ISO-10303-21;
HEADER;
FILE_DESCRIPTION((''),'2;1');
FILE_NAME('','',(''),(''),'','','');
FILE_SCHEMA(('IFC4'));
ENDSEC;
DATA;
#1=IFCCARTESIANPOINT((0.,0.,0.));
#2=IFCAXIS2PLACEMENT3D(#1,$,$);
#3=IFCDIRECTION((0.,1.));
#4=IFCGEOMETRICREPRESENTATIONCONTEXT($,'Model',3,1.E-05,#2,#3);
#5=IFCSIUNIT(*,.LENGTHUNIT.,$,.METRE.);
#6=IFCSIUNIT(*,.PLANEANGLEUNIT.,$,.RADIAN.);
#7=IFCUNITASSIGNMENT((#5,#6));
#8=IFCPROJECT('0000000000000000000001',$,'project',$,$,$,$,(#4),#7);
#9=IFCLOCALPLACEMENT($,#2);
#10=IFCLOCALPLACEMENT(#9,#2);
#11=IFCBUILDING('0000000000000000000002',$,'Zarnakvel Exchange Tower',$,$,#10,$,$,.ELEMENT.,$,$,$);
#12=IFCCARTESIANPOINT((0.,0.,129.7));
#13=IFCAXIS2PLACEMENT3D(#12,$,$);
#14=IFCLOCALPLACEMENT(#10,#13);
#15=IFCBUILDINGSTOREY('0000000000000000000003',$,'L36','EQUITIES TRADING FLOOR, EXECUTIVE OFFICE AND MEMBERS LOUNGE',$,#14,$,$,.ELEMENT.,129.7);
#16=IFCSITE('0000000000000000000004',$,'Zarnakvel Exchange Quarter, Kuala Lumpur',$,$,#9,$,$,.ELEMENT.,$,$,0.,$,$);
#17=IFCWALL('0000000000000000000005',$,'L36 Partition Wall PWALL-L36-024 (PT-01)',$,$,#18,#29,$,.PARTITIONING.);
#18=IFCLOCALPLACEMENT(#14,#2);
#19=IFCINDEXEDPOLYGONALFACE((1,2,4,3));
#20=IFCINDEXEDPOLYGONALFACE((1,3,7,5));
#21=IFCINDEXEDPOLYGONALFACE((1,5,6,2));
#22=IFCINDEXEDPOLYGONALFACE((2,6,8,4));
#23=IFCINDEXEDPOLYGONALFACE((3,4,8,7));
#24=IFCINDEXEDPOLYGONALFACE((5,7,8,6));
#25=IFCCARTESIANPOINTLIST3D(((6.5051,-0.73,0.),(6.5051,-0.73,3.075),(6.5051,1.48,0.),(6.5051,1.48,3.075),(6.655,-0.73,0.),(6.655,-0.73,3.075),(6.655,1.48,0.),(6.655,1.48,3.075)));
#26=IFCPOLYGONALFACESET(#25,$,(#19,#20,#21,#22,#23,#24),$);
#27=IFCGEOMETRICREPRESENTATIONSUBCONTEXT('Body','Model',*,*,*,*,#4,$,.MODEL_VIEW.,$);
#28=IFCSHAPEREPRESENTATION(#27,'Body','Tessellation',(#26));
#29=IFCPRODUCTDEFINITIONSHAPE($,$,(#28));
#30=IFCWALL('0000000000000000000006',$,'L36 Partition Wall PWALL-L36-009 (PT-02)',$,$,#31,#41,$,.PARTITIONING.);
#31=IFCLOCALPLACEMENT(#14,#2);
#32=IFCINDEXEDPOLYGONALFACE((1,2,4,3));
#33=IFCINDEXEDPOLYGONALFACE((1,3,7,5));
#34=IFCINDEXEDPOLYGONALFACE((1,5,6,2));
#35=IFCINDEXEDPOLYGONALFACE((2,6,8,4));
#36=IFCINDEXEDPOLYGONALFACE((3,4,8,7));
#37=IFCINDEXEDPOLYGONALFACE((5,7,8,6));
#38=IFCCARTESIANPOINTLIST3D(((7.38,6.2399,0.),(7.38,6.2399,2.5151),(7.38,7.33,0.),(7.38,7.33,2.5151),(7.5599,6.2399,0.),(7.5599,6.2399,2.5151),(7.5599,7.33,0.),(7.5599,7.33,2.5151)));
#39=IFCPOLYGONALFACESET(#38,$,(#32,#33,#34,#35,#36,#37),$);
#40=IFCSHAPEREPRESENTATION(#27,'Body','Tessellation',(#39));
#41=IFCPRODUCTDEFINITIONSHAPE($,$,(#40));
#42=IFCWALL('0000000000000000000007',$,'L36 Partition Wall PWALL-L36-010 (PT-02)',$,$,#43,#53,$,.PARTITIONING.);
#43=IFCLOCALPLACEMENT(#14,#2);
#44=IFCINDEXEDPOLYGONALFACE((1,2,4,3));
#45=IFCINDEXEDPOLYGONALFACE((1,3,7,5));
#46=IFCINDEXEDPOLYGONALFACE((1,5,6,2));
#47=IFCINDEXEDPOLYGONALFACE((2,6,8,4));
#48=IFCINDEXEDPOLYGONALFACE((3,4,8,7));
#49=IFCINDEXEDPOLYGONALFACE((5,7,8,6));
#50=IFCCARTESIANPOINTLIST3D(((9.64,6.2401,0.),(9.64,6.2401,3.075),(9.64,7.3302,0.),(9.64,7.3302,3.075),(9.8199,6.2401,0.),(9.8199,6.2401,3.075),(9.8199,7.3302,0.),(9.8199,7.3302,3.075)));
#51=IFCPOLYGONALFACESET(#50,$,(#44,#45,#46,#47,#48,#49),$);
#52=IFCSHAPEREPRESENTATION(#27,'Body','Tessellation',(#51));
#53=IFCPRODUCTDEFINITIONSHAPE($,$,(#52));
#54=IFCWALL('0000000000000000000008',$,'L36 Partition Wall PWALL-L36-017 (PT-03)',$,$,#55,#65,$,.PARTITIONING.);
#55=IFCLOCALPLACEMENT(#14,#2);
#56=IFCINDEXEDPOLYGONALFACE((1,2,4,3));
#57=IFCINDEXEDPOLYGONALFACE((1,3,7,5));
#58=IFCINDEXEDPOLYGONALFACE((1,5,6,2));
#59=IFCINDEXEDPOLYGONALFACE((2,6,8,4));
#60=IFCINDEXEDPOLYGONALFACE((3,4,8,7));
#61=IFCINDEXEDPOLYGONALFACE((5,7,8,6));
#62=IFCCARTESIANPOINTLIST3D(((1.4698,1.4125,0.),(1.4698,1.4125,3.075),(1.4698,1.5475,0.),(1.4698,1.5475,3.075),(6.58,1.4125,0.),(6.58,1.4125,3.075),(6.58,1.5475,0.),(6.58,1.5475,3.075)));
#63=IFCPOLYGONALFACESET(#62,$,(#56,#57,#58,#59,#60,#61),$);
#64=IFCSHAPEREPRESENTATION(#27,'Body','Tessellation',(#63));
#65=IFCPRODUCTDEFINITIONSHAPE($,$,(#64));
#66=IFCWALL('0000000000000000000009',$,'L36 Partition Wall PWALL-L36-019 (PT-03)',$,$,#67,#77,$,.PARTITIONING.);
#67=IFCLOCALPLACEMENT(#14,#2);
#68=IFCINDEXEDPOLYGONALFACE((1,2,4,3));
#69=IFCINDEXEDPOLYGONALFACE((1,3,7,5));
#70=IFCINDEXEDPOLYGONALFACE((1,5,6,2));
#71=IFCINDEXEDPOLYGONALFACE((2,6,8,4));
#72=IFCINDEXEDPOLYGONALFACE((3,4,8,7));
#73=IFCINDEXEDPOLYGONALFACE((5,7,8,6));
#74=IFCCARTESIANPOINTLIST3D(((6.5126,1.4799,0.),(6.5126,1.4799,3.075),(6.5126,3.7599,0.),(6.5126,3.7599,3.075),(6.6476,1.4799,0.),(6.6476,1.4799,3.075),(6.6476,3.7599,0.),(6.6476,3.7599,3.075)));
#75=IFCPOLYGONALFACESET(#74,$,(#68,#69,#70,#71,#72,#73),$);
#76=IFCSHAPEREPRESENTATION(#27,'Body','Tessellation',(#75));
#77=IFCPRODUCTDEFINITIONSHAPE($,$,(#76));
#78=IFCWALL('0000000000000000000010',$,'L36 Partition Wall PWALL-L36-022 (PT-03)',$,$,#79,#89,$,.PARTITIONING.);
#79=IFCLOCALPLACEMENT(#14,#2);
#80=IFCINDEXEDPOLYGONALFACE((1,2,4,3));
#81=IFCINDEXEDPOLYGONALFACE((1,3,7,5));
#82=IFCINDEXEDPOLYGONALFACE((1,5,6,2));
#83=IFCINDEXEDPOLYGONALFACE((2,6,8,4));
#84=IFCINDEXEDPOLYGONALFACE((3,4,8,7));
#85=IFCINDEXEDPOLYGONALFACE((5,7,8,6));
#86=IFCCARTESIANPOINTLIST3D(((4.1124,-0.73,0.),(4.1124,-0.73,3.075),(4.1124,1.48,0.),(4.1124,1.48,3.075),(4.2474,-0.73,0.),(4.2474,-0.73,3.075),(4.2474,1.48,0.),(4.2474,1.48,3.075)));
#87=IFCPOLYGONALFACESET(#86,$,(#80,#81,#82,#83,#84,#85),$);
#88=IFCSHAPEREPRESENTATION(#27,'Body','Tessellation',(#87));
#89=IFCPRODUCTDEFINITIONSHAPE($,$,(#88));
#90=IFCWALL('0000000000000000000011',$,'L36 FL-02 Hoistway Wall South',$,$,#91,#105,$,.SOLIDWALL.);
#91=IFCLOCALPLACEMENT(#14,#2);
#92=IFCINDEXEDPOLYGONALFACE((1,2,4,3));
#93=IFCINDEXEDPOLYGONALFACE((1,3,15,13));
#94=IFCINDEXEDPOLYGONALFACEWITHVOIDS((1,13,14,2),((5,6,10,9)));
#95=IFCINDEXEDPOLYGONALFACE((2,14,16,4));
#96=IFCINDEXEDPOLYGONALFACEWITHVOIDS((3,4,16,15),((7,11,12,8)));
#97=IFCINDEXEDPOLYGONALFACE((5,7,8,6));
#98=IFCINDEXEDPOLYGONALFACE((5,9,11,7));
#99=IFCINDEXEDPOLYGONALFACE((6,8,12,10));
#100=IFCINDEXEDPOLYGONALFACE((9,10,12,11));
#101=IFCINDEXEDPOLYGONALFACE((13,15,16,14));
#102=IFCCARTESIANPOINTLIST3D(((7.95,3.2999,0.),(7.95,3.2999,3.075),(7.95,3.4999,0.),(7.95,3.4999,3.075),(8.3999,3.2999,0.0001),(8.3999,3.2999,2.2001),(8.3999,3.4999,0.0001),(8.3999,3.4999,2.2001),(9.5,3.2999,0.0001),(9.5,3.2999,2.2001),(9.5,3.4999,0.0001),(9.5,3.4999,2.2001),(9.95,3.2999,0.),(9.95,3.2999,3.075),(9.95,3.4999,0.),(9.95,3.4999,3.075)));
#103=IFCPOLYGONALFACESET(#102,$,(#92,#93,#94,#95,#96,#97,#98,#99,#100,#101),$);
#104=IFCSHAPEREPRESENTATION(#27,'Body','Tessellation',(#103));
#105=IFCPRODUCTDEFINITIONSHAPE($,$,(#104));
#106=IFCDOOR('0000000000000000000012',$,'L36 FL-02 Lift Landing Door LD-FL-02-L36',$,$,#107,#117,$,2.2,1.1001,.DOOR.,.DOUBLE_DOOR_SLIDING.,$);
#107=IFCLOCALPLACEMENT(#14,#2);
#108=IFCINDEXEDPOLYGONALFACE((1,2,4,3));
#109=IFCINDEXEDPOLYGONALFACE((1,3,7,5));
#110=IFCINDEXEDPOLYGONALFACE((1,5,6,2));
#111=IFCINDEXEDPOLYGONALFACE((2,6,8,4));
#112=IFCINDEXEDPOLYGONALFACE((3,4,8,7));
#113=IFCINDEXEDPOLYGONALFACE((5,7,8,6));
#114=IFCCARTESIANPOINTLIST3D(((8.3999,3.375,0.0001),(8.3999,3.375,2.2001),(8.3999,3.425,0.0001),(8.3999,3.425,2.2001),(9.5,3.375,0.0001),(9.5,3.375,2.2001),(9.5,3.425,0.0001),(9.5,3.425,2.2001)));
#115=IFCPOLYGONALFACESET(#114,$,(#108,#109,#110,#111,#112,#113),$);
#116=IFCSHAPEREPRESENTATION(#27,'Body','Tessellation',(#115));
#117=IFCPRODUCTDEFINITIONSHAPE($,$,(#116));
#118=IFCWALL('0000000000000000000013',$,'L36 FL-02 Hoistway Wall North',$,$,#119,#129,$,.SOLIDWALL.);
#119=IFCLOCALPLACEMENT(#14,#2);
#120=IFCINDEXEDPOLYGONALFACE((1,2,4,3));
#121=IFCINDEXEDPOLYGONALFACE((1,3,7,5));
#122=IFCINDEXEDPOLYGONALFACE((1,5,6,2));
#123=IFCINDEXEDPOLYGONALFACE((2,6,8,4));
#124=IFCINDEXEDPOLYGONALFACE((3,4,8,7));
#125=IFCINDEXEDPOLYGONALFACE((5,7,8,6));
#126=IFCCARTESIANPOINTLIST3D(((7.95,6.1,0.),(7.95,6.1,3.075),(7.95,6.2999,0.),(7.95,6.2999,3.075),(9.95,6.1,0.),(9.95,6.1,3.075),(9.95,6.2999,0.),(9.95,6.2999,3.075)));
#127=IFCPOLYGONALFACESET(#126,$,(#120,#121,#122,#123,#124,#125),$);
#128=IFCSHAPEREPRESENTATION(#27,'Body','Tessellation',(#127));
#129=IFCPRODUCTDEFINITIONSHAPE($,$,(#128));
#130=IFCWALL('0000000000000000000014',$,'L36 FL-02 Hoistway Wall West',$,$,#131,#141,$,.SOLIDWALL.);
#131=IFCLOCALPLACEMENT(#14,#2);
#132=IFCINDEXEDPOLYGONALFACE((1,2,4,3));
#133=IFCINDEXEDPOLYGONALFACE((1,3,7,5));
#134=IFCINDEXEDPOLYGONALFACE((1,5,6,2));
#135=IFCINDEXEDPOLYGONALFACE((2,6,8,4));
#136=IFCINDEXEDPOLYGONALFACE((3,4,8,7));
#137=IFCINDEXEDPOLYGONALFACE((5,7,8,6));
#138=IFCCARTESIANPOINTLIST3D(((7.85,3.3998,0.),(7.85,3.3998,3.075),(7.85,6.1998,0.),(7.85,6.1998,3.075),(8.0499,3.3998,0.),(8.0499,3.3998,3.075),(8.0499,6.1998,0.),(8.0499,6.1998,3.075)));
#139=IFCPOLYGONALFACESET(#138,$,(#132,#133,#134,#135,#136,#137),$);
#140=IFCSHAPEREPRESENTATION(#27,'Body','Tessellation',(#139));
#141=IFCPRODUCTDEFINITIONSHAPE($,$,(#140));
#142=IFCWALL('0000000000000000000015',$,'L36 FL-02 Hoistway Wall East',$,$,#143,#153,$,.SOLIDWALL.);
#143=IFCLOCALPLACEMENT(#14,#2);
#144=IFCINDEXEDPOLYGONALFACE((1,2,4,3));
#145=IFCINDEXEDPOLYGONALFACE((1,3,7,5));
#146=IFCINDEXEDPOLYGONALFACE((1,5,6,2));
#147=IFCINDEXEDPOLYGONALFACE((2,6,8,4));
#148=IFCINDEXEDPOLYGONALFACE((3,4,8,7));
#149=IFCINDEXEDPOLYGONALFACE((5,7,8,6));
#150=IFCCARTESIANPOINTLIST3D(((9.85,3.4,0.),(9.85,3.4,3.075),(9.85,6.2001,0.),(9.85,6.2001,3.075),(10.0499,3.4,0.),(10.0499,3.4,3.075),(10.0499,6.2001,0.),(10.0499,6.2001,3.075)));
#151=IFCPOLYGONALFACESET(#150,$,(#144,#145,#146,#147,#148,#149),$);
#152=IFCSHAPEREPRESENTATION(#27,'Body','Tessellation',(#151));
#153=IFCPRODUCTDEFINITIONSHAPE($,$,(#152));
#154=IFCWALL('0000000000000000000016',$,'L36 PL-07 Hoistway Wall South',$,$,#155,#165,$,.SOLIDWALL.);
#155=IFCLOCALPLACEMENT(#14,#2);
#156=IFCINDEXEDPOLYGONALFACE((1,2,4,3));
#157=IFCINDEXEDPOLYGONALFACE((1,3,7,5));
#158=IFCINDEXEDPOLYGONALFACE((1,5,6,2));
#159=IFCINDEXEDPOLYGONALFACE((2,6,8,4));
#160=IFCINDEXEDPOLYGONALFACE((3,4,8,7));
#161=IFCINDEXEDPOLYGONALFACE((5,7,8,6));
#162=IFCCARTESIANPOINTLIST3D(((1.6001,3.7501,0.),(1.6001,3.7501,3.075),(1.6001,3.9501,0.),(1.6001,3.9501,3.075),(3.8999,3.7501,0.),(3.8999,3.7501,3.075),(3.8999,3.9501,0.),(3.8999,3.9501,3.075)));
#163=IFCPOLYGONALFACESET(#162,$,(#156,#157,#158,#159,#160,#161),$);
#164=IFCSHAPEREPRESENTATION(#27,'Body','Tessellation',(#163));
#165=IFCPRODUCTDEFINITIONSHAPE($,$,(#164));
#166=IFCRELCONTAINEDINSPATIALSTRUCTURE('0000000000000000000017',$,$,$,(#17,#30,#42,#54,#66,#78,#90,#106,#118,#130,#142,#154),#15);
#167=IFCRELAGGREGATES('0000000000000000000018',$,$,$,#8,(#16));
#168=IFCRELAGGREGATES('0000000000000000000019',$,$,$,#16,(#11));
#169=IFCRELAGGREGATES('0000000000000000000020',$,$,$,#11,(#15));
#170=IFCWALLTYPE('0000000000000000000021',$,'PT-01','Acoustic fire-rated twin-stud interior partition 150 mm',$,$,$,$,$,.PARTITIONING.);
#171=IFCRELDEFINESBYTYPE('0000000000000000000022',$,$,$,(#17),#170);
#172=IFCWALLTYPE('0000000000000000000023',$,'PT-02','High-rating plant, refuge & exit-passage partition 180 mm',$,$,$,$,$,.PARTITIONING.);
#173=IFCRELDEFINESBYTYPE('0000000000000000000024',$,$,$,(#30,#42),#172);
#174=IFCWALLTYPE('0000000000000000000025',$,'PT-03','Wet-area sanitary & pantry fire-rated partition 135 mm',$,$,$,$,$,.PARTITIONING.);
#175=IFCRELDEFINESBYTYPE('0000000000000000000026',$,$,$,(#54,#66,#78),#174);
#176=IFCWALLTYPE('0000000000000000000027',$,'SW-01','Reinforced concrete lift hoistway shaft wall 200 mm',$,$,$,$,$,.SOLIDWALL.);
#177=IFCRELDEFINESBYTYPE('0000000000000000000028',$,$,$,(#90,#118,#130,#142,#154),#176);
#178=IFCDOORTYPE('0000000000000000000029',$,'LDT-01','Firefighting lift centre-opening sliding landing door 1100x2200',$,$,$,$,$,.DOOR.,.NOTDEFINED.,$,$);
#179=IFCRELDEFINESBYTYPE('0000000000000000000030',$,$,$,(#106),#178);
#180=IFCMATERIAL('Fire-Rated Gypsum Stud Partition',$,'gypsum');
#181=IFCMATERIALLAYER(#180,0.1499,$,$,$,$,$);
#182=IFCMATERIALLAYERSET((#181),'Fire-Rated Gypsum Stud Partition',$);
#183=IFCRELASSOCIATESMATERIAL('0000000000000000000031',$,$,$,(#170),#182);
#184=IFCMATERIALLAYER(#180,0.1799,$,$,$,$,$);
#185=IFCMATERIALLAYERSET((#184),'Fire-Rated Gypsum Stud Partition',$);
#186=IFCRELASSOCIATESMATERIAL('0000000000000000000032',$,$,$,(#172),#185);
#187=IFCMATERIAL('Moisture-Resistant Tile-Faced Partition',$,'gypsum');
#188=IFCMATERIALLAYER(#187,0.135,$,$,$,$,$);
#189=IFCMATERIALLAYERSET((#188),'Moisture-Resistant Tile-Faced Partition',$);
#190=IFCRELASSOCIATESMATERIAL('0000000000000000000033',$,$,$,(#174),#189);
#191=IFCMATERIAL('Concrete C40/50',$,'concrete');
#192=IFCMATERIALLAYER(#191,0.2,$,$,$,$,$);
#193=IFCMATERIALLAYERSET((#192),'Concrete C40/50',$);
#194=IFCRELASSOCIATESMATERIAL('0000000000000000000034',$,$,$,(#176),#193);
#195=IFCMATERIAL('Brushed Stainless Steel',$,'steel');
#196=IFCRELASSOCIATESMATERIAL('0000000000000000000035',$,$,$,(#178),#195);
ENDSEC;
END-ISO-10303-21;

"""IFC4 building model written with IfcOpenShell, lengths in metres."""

from ifc_helpers import new_model, si_unit, direction, frame, frame_2d, origin, place, context, subcontext, project, spatial, rectangle, extrude, source, transform, mapped, material, layer, layer_set, type_object, element, fill, save


model = new_model("IFC4")

# Units and contexts
model_context = context("Model", 3, precision=1e-05, world=origin(), true_north=direction((0.0, 1.0)))
body_context = subcontext(model_context, "Body", "Model", "MODEL_VIEW")
ifc_project = project(units=[si_unit("LENGTHUNIT", "METRE"), si_unit("PLANEANGLEUNIT", "RADIAN")], contexts=[model_context])

# Site, building, storey
site_placement = place(None, origin())
site = spatial("IfcSite", under=ifc_project, at=site_placement, Name="Zarnakvel Exchange Quarter, Kuala Lumpur", CompositionType="ELEMENT", RefElevation=0.0)
building_placement = place(site_placement, origin())
building = spatial("IfcBuilding", under=site, at=building_placement, Name="Zarnakvel Exchange Tower", CompositionType="ELEMENT")
storey_placement = place(building_placement, frame((0.0, 0.0, 129.7)))
storey = spatial("IfcBuildingStorey", under=building, at=storey_placement, Name="L36", Description="EQUITIES TRADING FLOOR, EXECUTIVE OFFICE AND MEMBERS LOUNGE", CompositionType="ELEMENT", Elevation=129.7)

# Walls
ifc_material_1 = material(Name="Fire-Rated Gypsum Stud Partition", Category="gypsum")
ifc_layer_1 = layer(ifc_material_1, 0.1499)
ifc_layer_set_1 = layer_set([ifc_layer_1], Name="Fire-Rated Gypsum Stud Partition")
wall_type_1 = type_object("IfcWallType", Name="PT-01", Description="Acoustic fire-rated twin-stud interior partition 150 mm", PredefinedType="PARTITIONING", material=ifc_layer_set_1)
wall_1_placement = place(storey_placement, frame((6.5801, 1.48, 0.0), z_axis=(0.0, 0.0, 1.0), x_axis=(0.0, -1.0, 0.0)))
element("IfcWall", 1, at=wall_1_placement, inside=storey, type_object=wall_type_1, Name="L36 Partition Wall PWALL-L36-024 (PT-01)", PredefinedType="PARTITIONING", context=body_context, shape_type="SweptSolid", body=[
    extrude(rectangle(XDim=2.21, YDim=0.1499, at=frame_2d((1.105, 0.0))), origin(), (0.0, 0.0, 1.0), 3.075),
])
ifc_layer_2 = layer(ifc_material_1, 0.1799)
ifc_layer_set_2 = layer_set([ifc_layer_2], Name="Fire-Rated Gypsum Stud Partition")
wall_type_2 = type_object("IfcWallType", Name="PT-02", Description="High-rating plant, refuge & exit-passage partition 180 mm", PredefinedType="PARTITIONING", material=ifc_layer_set_2)
wall_2_placement = place(storey_placement, frame((7.47, 6.24, 0.0), z_axis=(0.0, 0.0, 1.0), x_axis=(0.0, 1.0, 0.0)))
element("IfcWall", 2, at=wall_2_placement, inside=storey, type_object=wall_type_2, Name="L36 Partition Wall PWALL-L36-009 (PT-02)", PredefinedType="PARTITIONING", context=body_context, shape_type="SweptSolid", body=[
    extrude(rectangle(XDim=1.0901, YDim=0.1799, at=frame_2d((0.5449, 0.0))), origin(), (0.0, 0.0, 1.0), 2.5151),
])
wall_3_placement = place(storey_placement, frame((9.73, 7.3301, 0.0), z_axis=(0.0, 0.0, 1.0), x_axis=(0.0, -1.0, 0.0)))
element("IfcWall", 3, at=wall_3_placement, inside=storey, type_object=wall_type_2, Name="L36 Partition Wall PWALL-L36-010 (PT-02)", PredefinedType="PARTITIONING", context=body_context, shape_type="SweptSolid", body=[
    extrude(rectangle(XDim=1.0901, YDim=0.1799, at=frame_2d((0.5449, 0.0))), origin(), (0.0, 0.0, 1.0), 3.075),
])
ifc_material_2 = material(Name="Moisture-Resistant Tile-Faced Partition", Category="gypsum")
ifc_layer_3 = layer(ifc_material_2, 0.135)
ifc_layer_set_3 = layer_set([ifc_layer_3], Name="Moisture-Resistant Tile-Faced Partition")
wall_type_3 = type_object("IfcWallType", Name="PT-03", Description="Wet-area sanitary & pantry fire-rated partition 135 mm", PredefinedType="PARTITIONING", material=ifc_layer_set_3)
wall_4_placement = place(storey_placement, frame((6.5801, 1.48, 0.0), z_axis=(0.0, 0.0, 1.0), x_axis=(-1.0, 0.0, 0.0)))
element("IfcWall", 4, at=wall_4_placement, inside=storey, type_object=wall_type_3, Name="L36 Partition Wall PWALL-L36-017 (PT-03)", PredefinedType="PARTITIONING", context=body_context, shape_type="SweptSolid", body=[
    extrude(rectangle(XDim=5.1101, YDim=0.135, at=frame_2d((2.5552, 0.0))), origin(), (0.0, 0.0, 1.0), 3.075),
])
wall_5_placement = place(storey_placement, frame((6.5801, 3.76, 0.0), z_axis=(0.0, 0.0, 1.0), x_axis=(0.0, -1.0, 0.0)))
element("IfcWall", 5, at=wall_5_placement, inside=storey, type_object=wall_type_3, Name="L36 Partition Wall PWALL-L36-019 (PT-03)", PredefinedType="PARTITIONING", context=body_context, shape_type="SweptSolid", body=[
    extrude(rectangle(XDim=2.28, YDim=0.135, at=frame_2d((1.1401, 0.0))), origin(), (0.0, 0.0, 1.0), 3.075),
])
wall_6_placement = place(storey_placement, frame((4.1799, 1.48, 0.0), z_axis=(0.0, 0.0, 1.0), x_axis=(0.0, -1.0, 0.0)))
element("IfcWall", 6, at=wall_6_placement, inside=storey, type_object=wall_type_3, Name="L36 Partition Wall PWALL-L36-022 (PT-03)", PredefinedType="PARTITIONING", context=body_context, shape_type="SweptSolid", body=[
    extrude(rectangle(XDim=2.21, YDim=0.135, at=frame_2d((1.105, 0.0))), origin(), (0.0, 0.0, 1.0), 3.075),
])

# Wall, opening, door
ifc_material_3 = material(Name="Concrete C40/50", Category="concrete")
ifc_layer_4 = layer(ifc_material_3, 0.2)
ifc_layer_set_4 = layer_set([ifc_layer_4], Name="Concrete C40/50")
wall_type_4 = type_object("IfcWallType", Name="SW-01", Description="Reinforced concrete lift hoistway shaft wall 200 mm", PredefinedType="SOLIDWALL", material=ifc_layer_set_4)
wall_7_placement = place(storey_placement, frame((9.95, 3.3999, 0.0), z_axis=(0.0, 0.0, 1.0), x_axis=(-1.0, 0.0, 0.0)))
wall_7 = element("IfcWall", 7, at=wall_7_placement, inside=storey, type_object=wall_type_4, Name="L36 FL-02 Hoistway Wall South", PredefinedType="SOLIDWALL", context=body_context, shape_type="SweptSolid", body=[
    extrude(rectangle(XDim=2.0, YDim=0.2, at=frame_2d((1.0, 0.0))), origin(), (0.0, 0.0, 1.0), 3.075),
])
opening_1_placement = place(wall_7_placement, frame((0.45, 0.0, 0.0)))
opening_1 = element("IfcOpeningElement", 8, at=opening_1_placement, cuts=wall_7, PredefinedType="OPENING", context=body_context, shape_type="SweptSolid", body=[
    extrude(rectangle(XDim=1.1001, YDim=2.2, at=frame_2d((0.55, 1.1001))), frame((0.0, 0.1099, 0.0), z_axis=(0.0, -1.0, 0.0), x_axis=(1.0, 0.0, 0.0)), (0.0, 0.0, 1.0), 0.22),
])
ifc_material_4 = material(Name="Brushed Stainless Steel", Category="steel")
door_type_1 = type_object("IfcDoorType", Name="LDT-01", Description="Firefighting lift centre-opening sliding landing door 1100x2200", OperationType="NOTDEFINED", PredefinedType="DOOR", material=ifc_material_4)
shared_shape_1 = source(origin(), body_context, "Body", "SweptSolid", [
    extrude(rectangle(XDim=1.1001, YDim=2.2, at=frame_2d((0.55, 1.1001))), frame((0.0, 0.0249, 0.0), z_axis=(0.0, -1.0, 0.0), x_axis=(1.0, 0.0, 0.0)), (0.0, 0.0, 1.0), 0.05),
])
door_1_placement = place(opening_1_placement, origin())
door_1 = element("IfcDoor", 9, at=door_1_placement, inside=storey, type_object=door_type_1, Name="L36 FL-02 Lift Landing Door LD-FL-02-L36", OperationType="DOUBLE_DOOR_SLIDING", OverallHeight=2.2, OverallWidth=1.1001, PredefinedType="DOOR", context=body_context, shape_type="MappedRepresentation", body=[
    mapped(shared_shape_1, transform((0.0, 0.0, 0.0), x_axis=(1.0, 0.0, 0.0), y_axis=(0.0, 1.0, 0.0), z_axis=(0.0, 0.0, 1.0), scale=1.0)),
])
fill(opening_1, door_1)

# Walls
wall_8_placement = place(storey_placement, frame((7.95, 6.2, 0.0), z_axis=(0.0, 0.0, 1.0), x_axis=(1.0, 0.0, 0.0)))
element("IfcWall", 10, at=wall_8_placement, inside=storey, type_object=wall_type_4, Name="L36 FL-02 Hoistway Wall North", PredefinedType="SOLIDWALL", context=body_context, shape_type="SweptSolid", body=[
    extrude(rectangle(XDim=2.0, YDim=0.2, at=frame_2d((1.0, 0.0))), origin(), (0.0, 0.0, 1.0), 3.075),
])
for number, where, z_axis, x_axis, name in (
    (11, (7.95, 3.3999, 0.0), (0.0, 0.0, 1.0), (0.0, 1.0, 0.0), "L36 FL-02 Hoistway Wall West"),
    (12, (9.95, 6.2, 0.0), (0.0, 0.0, 1.0), (0.0, -1.0, 0.0), "L36 FL-02 Hoistway Wall East"),
):
    element("IfcWall", number, at=place(storey_placement, frame(where, z_axis=z_axis, x_axis=x_axis)), inside=storey, type_object=wall_type_4, Name=name, PredefinedType="SOLIDWALL", context=body_context, shape_type="SweptSolid", body=[
        extrude(rectangle(XDim=2.8, YDim=0.2, at=frame_2d((1.3999, 0.0))), origin(), (0.0, 0.0, 1.0), 3.075),
    ])
wall_9_placement = place(storey_placement, frame((3.8999, 3.8501, 0.0), z_axis=(0.0, 0.0, 1.0), x_axis=(-1.0, 0.0, 0.0)))
element("IfcWall", 13, at=wall_9_placement, inside=storey, type_object=wall_type_4, Name="L36 PL-07 Hoistway Wall South", PredefinedType="SOLIDWALL", context=body_context, shape_type="SweptSolid", body=[
    extrude(rectangle(XDim=2.2998, YDim=0.2, at=frame_2d((1.1499, 0.0))), origin(), (0.0, 0.0, 1.0), 3.075),
])

save(model, "model.ifc")
